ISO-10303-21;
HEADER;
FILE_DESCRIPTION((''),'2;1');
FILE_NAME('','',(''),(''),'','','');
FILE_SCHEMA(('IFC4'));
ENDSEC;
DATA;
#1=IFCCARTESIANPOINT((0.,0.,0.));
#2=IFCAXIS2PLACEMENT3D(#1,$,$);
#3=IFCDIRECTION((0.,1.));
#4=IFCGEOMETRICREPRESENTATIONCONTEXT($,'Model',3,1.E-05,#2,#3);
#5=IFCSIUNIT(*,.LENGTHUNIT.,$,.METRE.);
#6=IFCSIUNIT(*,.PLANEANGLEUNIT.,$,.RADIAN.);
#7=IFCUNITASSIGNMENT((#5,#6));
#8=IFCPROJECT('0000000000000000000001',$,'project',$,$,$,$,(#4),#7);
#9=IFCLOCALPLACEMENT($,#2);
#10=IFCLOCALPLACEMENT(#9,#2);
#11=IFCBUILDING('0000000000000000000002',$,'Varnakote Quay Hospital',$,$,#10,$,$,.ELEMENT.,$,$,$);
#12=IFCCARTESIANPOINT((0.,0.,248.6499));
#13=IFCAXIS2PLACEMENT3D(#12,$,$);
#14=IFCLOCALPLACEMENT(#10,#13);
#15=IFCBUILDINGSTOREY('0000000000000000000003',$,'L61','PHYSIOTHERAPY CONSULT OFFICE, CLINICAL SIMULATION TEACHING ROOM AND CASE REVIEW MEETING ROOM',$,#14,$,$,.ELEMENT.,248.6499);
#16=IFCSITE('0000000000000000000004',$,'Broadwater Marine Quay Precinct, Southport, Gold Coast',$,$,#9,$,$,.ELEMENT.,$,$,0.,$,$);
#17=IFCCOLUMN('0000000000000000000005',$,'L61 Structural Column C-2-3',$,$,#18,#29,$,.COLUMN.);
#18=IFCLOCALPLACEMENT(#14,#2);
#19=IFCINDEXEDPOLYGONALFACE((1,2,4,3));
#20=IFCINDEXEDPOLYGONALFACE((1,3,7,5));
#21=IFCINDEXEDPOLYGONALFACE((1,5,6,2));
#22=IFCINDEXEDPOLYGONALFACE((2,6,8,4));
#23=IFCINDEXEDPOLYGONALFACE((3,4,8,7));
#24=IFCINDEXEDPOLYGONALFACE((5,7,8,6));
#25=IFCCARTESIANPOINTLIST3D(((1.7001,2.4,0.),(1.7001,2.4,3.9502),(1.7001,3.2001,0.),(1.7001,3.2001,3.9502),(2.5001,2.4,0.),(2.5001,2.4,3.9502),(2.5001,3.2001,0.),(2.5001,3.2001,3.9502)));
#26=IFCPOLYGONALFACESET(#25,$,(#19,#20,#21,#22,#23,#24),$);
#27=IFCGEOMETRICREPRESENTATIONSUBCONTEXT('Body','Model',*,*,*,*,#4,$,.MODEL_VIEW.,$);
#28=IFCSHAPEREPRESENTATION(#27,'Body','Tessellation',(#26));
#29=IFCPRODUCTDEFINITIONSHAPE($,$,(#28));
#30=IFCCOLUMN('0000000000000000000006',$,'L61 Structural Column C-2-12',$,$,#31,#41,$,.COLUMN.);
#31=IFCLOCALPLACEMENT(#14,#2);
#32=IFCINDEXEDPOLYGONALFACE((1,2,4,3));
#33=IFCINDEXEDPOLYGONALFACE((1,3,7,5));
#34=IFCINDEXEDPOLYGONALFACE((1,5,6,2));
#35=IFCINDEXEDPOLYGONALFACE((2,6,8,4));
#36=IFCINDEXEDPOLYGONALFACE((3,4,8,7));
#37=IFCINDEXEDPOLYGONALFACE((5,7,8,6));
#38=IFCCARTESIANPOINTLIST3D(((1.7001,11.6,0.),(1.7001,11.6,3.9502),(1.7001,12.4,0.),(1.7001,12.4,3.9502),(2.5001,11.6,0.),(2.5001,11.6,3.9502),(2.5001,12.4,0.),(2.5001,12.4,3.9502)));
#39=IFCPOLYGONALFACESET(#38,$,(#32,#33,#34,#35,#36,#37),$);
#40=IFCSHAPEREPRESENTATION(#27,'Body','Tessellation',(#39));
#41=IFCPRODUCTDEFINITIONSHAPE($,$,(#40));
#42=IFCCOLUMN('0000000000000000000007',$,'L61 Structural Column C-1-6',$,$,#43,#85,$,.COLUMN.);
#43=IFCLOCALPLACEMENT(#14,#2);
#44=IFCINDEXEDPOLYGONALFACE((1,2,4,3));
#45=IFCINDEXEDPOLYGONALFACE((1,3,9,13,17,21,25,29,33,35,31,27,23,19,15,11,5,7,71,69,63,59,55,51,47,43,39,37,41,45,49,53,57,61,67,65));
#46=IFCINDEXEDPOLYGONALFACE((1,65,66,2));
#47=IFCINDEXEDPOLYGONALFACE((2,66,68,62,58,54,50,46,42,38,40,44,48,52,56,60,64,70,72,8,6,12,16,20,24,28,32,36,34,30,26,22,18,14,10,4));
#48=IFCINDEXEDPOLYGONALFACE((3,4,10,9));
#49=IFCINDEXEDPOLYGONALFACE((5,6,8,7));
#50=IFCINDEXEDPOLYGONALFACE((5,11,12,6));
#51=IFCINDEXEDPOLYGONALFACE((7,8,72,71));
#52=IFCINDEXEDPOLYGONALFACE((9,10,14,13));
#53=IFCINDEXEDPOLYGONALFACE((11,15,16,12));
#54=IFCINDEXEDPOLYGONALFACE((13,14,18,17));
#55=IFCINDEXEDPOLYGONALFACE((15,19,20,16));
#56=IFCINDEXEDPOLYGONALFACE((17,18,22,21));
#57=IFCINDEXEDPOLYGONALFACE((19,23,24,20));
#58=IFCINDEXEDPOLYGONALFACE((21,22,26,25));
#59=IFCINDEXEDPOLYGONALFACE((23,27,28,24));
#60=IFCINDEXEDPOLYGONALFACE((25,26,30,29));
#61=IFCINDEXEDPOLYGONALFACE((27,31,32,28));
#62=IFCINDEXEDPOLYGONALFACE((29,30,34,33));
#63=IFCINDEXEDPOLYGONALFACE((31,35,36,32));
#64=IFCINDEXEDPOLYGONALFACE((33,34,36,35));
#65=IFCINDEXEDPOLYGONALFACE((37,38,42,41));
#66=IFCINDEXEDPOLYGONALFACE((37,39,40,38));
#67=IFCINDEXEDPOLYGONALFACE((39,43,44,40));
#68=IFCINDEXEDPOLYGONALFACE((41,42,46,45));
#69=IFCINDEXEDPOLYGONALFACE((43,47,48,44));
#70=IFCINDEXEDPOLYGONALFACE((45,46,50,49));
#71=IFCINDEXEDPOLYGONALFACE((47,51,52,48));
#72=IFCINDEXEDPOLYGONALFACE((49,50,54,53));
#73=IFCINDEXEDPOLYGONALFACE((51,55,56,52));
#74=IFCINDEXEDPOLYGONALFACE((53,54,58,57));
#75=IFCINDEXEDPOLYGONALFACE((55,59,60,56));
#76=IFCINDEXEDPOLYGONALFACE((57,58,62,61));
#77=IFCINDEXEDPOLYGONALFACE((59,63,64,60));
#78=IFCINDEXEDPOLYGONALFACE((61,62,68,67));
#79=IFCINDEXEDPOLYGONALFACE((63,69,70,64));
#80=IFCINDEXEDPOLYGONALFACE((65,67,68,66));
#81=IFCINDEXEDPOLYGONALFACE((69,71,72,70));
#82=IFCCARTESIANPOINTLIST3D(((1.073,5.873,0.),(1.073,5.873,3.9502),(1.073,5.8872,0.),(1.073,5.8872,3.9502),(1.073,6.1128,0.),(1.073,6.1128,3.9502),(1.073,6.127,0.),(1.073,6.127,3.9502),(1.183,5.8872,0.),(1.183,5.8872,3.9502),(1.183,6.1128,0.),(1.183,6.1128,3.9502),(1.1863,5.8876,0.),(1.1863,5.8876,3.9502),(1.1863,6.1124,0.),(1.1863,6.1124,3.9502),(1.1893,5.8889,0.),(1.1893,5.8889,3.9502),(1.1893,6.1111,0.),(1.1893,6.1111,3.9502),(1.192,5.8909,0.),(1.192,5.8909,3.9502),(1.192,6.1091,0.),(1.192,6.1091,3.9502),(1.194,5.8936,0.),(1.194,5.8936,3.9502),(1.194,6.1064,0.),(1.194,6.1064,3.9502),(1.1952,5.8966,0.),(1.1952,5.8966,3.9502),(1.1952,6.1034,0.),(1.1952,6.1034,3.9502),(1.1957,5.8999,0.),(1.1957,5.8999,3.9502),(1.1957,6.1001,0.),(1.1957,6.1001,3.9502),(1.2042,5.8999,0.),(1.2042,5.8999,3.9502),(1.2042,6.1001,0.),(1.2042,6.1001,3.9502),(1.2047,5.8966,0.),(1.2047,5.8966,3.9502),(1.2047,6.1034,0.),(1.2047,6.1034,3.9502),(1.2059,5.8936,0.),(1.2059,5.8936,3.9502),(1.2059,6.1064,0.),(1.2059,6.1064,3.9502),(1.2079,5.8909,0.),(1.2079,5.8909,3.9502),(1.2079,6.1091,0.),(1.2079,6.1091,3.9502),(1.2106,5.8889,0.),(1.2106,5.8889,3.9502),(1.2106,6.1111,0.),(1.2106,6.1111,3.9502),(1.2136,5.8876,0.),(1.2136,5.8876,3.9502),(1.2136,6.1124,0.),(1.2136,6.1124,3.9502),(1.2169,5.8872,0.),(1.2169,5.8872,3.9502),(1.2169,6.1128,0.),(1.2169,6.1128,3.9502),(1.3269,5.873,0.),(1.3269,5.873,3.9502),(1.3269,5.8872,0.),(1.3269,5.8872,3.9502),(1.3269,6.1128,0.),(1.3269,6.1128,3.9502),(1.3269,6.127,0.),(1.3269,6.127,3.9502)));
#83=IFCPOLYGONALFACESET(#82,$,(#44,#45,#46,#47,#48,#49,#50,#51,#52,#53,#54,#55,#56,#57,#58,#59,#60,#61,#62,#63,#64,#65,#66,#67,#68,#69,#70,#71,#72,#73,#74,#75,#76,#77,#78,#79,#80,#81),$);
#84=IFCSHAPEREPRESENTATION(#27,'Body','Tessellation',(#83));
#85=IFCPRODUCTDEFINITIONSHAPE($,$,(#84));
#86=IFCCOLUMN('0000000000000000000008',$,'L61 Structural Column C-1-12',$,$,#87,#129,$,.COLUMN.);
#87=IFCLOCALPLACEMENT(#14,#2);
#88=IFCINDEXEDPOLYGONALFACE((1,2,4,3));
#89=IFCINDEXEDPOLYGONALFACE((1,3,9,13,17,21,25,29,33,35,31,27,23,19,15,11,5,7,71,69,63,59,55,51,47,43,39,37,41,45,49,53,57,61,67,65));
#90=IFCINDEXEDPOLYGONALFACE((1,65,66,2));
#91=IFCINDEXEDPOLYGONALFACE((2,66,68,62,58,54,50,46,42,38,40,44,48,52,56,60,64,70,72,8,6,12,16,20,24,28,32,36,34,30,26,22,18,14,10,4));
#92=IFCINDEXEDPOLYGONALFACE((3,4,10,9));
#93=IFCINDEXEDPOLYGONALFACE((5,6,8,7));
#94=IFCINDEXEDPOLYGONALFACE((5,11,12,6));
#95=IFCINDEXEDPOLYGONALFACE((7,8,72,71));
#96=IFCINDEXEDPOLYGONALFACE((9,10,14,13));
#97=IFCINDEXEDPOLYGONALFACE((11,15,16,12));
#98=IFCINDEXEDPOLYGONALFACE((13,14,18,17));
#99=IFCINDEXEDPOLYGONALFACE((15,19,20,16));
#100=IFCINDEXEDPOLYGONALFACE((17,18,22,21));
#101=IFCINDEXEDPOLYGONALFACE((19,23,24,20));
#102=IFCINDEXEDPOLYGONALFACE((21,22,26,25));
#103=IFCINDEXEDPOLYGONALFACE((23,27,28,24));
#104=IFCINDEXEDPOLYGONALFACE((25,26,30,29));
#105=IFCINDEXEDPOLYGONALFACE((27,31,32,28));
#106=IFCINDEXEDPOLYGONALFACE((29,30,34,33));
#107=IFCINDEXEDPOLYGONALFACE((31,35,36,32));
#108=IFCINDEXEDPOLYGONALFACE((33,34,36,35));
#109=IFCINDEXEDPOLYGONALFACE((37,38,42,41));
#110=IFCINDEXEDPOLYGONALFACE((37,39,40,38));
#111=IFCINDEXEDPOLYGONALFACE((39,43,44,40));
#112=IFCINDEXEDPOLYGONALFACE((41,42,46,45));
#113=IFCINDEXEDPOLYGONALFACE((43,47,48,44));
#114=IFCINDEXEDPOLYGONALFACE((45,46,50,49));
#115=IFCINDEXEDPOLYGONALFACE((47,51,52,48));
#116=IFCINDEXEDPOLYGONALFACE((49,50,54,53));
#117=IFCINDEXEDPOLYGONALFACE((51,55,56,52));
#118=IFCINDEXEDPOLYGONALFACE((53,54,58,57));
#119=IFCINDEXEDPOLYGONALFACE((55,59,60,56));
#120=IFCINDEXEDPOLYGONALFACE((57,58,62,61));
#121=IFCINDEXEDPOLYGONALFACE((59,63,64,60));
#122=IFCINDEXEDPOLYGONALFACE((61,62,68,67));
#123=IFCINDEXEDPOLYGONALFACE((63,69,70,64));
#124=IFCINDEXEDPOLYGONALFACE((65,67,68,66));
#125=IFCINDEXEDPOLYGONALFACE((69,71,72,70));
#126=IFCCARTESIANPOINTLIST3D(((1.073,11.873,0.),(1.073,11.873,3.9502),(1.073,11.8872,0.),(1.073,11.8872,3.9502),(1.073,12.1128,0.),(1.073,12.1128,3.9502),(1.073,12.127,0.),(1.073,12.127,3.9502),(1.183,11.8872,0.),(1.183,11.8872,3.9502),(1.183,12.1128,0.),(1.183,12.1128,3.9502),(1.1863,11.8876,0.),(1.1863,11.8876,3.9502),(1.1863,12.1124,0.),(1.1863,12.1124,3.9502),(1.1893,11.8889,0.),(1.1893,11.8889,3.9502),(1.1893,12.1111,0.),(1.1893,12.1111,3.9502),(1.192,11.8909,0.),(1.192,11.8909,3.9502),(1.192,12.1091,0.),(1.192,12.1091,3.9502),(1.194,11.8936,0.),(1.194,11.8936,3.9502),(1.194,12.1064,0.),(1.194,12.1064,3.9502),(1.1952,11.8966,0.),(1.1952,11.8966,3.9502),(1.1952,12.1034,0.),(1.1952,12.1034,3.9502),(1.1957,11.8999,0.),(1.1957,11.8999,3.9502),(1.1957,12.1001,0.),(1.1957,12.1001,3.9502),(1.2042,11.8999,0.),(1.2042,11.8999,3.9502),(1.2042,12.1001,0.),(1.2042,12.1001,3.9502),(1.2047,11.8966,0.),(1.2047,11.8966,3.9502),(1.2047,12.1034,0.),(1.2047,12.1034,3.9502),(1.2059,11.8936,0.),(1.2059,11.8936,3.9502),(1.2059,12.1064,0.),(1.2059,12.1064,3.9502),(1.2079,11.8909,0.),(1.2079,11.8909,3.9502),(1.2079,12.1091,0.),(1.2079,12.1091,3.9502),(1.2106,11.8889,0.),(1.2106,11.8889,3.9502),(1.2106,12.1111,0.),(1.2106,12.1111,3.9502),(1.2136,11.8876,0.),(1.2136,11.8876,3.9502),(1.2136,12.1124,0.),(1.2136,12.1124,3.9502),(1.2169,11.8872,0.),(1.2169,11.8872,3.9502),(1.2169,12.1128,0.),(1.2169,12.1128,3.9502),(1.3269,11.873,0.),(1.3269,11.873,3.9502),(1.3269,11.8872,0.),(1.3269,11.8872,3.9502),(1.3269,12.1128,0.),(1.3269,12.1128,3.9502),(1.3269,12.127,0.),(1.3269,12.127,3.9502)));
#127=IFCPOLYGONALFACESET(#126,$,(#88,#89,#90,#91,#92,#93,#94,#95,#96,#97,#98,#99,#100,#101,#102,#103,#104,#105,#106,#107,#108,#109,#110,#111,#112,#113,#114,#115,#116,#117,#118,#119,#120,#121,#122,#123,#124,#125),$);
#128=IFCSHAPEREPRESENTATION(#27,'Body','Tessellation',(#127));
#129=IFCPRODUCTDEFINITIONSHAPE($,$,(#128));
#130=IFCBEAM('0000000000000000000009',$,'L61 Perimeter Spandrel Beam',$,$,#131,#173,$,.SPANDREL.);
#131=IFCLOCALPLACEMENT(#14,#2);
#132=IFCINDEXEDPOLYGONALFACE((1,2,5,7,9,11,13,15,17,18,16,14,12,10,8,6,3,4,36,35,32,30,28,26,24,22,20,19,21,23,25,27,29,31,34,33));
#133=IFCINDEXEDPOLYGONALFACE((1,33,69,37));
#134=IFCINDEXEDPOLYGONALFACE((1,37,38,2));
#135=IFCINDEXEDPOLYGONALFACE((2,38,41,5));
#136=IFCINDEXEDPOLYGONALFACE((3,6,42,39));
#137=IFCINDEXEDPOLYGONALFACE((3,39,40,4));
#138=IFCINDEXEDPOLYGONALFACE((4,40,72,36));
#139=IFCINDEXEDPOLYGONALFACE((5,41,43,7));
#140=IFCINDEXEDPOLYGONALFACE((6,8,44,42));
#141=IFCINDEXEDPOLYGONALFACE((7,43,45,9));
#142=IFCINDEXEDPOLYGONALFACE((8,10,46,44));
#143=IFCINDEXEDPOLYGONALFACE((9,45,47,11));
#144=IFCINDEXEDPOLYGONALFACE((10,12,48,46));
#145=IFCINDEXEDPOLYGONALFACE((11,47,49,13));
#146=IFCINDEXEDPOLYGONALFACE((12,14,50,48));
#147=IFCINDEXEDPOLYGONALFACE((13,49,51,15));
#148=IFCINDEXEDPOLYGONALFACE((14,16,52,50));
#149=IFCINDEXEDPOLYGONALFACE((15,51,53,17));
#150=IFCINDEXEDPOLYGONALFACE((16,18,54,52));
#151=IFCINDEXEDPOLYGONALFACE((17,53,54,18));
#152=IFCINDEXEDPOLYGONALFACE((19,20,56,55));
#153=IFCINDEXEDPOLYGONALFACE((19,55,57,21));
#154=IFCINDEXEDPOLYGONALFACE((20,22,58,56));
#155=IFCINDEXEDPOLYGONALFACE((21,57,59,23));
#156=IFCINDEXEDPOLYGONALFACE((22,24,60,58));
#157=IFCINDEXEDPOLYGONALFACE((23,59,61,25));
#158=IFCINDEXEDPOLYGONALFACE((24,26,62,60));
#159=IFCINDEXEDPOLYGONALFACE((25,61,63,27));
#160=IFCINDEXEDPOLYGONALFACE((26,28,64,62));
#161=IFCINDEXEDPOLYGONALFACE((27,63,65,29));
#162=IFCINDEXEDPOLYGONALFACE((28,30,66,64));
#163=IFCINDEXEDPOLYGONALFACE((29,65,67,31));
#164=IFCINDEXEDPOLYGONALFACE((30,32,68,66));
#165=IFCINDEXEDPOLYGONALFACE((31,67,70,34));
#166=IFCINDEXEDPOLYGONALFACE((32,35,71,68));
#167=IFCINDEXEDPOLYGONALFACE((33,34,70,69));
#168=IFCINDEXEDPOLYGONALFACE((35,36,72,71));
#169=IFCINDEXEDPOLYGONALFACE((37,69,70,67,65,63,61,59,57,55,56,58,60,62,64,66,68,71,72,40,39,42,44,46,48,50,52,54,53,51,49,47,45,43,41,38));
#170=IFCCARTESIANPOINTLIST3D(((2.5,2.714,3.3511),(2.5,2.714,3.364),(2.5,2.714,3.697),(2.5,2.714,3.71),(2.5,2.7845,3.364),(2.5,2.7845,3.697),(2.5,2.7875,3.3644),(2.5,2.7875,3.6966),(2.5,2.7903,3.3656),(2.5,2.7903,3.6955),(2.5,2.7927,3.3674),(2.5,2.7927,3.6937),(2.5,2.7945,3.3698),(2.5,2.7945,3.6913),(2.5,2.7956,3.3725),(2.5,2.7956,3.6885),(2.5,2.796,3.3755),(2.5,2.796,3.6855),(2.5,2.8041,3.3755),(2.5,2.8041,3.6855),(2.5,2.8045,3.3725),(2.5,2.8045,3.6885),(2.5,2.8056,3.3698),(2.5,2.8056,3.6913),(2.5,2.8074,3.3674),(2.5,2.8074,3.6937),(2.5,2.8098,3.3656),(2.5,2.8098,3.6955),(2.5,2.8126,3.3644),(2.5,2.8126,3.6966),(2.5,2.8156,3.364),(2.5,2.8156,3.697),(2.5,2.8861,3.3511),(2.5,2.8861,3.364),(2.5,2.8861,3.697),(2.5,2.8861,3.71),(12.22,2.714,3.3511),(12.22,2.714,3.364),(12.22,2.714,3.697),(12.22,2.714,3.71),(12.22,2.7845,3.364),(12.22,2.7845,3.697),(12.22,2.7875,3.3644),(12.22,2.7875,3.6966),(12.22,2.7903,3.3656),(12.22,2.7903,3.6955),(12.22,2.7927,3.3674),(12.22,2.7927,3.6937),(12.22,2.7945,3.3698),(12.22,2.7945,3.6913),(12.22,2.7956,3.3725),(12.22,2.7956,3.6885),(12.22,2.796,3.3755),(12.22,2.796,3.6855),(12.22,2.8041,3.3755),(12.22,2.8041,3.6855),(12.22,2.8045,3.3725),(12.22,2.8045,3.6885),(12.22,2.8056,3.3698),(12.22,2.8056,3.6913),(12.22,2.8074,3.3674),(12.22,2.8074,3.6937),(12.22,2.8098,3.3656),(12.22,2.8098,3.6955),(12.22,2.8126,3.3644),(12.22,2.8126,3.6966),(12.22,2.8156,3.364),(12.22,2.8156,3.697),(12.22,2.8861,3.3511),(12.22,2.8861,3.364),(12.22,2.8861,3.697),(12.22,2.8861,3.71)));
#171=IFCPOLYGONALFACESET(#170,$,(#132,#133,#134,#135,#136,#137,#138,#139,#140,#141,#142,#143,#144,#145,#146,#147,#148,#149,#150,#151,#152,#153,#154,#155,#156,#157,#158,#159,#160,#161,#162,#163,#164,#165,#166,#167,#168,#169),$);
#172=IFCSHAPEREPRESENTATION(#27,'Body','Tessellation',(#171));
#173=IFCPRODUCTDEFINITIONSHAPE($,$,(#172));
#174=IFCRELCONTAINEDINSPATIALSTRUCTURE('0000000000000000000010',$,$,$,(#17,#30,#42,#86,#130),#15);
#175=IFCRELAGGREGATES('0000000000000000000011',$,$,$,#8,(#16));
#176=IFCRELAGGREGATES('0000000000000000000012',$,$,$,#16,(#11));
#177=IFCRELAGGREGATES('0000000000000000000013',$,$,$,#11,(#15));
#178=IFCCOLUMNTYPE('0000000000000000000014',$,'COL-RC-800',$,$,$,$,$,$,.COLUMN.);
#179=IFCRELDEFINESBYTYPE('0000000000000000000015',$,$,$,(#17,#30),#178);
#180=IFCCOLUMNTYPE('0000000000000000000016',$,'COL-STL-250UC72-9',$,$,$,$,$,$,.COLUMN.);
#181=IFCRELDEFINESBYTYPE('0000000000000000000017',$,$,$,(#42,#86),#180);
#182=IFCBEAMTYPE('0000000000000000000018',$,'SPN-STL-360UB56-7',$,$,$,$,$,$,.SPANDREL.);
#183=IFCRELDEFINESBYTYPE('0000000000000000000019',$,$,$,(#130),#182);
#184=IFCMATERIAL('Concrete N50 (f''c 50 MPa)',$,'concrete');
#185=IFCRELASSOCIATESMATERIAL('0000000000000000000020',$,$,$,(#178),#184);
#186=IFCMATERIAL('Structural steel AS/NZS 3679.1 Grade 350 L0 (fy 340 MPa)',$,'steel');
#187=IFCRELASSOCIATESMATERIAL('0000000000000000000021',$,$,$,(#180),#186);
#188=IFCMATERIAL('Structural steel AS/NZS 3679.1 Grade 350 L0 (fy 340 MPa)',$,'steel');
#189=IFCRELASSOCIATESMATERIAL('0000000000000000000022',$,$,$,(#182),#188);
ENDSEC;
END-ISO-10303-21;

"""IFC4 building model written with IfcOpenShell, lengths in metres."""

from ifc_helpers import new_model, si_unit, direction, frame, origin, origin_2d, place, context, subcontext, project, spatial, rectangle, i_section, extrude, material, material_profile, profile_set, type_object, element, save


model = new_model("IFC4")

# Units and contexts
model_context = context("Model", 3, precision=1e-05, world=origin(), true_north=direction((0.0, 1.0)))
body_context = subcontext(model_context, "Body", "Model", "MODEL_VIEW")
ifc_project = project(units=[si_unit("LENGTHUNIT", "METRE"), si_unit("PLANEANGLEUNIT", "RADIAN")], contexts=[model_context])

# Site, building, storey
site_placement = place(None, origin())
site = spatial("IfcSite", under=ifc_project, at=site_placement, Name="Broadwater Marine Quay Precinct, Southport, Gold Coast", CompositionType="ELEMENT", RefElevation=0.0)
building_placement = place(site_placement, origin())
building = spatial("IfcBuilding", under=site, at=building_placement, Name="Varnakote Quay Hospital", CompositionType="ELEMENT")
storey_placement = place(building_placement, frame((0.0, 0.0, 248.6499)))
storey = spatial("IfcBuildingStorey", under=building, at=storey_placement, Name="L61", Description="PHYSIOTHERAPY CONSULT OFFICE, CLINICAL SIMULATION TEACHING ROOM AND CASE REVIEW MEETING ROOM", CompositionType="ELEMENT", Elevation=248.6499)

# Columns
ifc_material_1 = material(Name="Concrete N50 (f'c 50 MPa)", Category="concrete")
ifc_material_profile_1 = material_profile(ifc_material_1, rectangle(XDim=0.8, YDim=0.8, at=origin_2d()), Name="RC-COL-800x800")
ifc_profile_set_1 = profile_set([ifc_material_profile_1], Name="Concrete N50 (f'c 50 MPa)")
column_type_1 = type_object("IfcColumnType", Name="COL-RC-800", PredefinedType="COLUMN", material=ifc_profile_set_1)
for number, where, z_axis, x_axis, name in (
    (1, (2.1001, 2.8, 0.0), (0.0, 0.0, 1.0), (1.0, 0.0, 0.0), "L61 Structural Column C-2-3"),
    (2, (2.1001, 12.0, 0.0), (0.0, 0.0, 1.0), (1.0, 0.0, 0.0), "L61 Structural Column C-2-12"),
):
    element("IfcColumn", number, at=place(storey_placement, frame(where, z_axis=z_axis, x_axis=x_axis)), inside=storey, type_object=column_type_1, Name=name, PredefinedType="COLUMN", context=body_context, shape_type="SweptSolid", body=[
        extrude(rectangle(XDim=0.8, YDim=0.8, at=origin_2d()), origin(), (0.0, 0.0, 1.0), 3.9502),
    ])
ifc_material_2 = material(Name="Structural steel AS/NZS 3679.1 Grade 350 L0 (fy 340 MPa)", Category="steel")
ifc_material_profile_2 = material_profile(ifc_material_2, i_section(OverallWidth=0.2539, OverallDepth=0.2539, WebThickness=0.0085, FlangeThickness=0.0142, FilletRadius=0.0127, at=origin_2d()), Name="250UC72.9")
ifc_profile_set_2 = profile_set([ifc_material_profile_2], Name="Structural steel AS/NZS 3679.1 Grade 350 L0 (fy 340 MPa)")
column_type_2 = type_object("IfcColumnType", Name="COL-STL-250UC72-9", PredefinedType="COLUMN", material=ifc_profile_set_2)
for number, where, z_axis, x_axis, name in (
    (3, (1.2, 6.0, 0.0), (0.0, 0.0, 1.0), (1.0, 0.0, 0.0), "L61 Structural Column C-1-6"),
    (4, (1.2, 12.0, 0.0), (0.0, 0.0, 1.0), (1.0, 0.0, 0.0), "L61 Structural Column C-1-12"),
):
    element("IfcColumn", number, at=place(storey_placement, frame(where, z_axis=z_axis, x_axis=x_axis)), inside=storey, type_object=column_type_2, Name=name, PredefinedType="COLUMN", context=body_context, shape_type="SweptSolid", body=[
        extrude(i_section(OverallWidth=0.2539, OverallDepth=0.2539, WebThickness=0.0085, FlangeThickness=0.0142, FilletRadius=0.0127, at=origin_2d()), origin(), (0.0, 0.0, 1.0), 3.9502),
    ])

# Beam
ifc_material_3 = material(Name="Structural steel AS/NZS 3679.1 Grade 350 L0 (fy 340 MPa)", Category="steel")
ifc_material_profile_3 = material_profile(ifc_material_3, i_section(OverallWidth=0.1721, OverallDepth=0.3589, WebThickness=0.0081, FlangeThickness=0.0129, FilletRadius=0.0115, at=origin_2d()), Name="360UB56.7")
ifc_profile_set_3 = profile_set([ifc_material_profile_3], Name="Structural steel AS/NZS 3679.1 Grade 350 L0 (fy 340 MPa)")
beam_type_1 = type_object("IfcBeamType", Name="SPN-STL-360UB56-7", PredefinedType="SPANDREL", material=ifc_profile_set_3)
beam_1_placement = place(storey_placement, frame((2.5, 2.8, 3.5305), z_axis=(1.0, 0.0, 0.0), x_axis=(0.0, 1.0, 0.0)))
element("IfcBeam", 5, at=beam_1_placement, inside=storey, type_object=beam_type_1, Name="L61 Perimeter Spandrel Beam", PredefinedType="SPANDREL", context=body_context, shape_type="SweptSolid", body=[
    extrude(i_section(OverallWidth=0.1721, OverallDepth=0.3589, WebThickness=0.0081, FlangeThickness=0.0129, FilletRadius=0.0115, at=origin_2d()), origin(), (0.0, 0.0, 1.0), 9.72),
])

save(model, "model.ifc")
